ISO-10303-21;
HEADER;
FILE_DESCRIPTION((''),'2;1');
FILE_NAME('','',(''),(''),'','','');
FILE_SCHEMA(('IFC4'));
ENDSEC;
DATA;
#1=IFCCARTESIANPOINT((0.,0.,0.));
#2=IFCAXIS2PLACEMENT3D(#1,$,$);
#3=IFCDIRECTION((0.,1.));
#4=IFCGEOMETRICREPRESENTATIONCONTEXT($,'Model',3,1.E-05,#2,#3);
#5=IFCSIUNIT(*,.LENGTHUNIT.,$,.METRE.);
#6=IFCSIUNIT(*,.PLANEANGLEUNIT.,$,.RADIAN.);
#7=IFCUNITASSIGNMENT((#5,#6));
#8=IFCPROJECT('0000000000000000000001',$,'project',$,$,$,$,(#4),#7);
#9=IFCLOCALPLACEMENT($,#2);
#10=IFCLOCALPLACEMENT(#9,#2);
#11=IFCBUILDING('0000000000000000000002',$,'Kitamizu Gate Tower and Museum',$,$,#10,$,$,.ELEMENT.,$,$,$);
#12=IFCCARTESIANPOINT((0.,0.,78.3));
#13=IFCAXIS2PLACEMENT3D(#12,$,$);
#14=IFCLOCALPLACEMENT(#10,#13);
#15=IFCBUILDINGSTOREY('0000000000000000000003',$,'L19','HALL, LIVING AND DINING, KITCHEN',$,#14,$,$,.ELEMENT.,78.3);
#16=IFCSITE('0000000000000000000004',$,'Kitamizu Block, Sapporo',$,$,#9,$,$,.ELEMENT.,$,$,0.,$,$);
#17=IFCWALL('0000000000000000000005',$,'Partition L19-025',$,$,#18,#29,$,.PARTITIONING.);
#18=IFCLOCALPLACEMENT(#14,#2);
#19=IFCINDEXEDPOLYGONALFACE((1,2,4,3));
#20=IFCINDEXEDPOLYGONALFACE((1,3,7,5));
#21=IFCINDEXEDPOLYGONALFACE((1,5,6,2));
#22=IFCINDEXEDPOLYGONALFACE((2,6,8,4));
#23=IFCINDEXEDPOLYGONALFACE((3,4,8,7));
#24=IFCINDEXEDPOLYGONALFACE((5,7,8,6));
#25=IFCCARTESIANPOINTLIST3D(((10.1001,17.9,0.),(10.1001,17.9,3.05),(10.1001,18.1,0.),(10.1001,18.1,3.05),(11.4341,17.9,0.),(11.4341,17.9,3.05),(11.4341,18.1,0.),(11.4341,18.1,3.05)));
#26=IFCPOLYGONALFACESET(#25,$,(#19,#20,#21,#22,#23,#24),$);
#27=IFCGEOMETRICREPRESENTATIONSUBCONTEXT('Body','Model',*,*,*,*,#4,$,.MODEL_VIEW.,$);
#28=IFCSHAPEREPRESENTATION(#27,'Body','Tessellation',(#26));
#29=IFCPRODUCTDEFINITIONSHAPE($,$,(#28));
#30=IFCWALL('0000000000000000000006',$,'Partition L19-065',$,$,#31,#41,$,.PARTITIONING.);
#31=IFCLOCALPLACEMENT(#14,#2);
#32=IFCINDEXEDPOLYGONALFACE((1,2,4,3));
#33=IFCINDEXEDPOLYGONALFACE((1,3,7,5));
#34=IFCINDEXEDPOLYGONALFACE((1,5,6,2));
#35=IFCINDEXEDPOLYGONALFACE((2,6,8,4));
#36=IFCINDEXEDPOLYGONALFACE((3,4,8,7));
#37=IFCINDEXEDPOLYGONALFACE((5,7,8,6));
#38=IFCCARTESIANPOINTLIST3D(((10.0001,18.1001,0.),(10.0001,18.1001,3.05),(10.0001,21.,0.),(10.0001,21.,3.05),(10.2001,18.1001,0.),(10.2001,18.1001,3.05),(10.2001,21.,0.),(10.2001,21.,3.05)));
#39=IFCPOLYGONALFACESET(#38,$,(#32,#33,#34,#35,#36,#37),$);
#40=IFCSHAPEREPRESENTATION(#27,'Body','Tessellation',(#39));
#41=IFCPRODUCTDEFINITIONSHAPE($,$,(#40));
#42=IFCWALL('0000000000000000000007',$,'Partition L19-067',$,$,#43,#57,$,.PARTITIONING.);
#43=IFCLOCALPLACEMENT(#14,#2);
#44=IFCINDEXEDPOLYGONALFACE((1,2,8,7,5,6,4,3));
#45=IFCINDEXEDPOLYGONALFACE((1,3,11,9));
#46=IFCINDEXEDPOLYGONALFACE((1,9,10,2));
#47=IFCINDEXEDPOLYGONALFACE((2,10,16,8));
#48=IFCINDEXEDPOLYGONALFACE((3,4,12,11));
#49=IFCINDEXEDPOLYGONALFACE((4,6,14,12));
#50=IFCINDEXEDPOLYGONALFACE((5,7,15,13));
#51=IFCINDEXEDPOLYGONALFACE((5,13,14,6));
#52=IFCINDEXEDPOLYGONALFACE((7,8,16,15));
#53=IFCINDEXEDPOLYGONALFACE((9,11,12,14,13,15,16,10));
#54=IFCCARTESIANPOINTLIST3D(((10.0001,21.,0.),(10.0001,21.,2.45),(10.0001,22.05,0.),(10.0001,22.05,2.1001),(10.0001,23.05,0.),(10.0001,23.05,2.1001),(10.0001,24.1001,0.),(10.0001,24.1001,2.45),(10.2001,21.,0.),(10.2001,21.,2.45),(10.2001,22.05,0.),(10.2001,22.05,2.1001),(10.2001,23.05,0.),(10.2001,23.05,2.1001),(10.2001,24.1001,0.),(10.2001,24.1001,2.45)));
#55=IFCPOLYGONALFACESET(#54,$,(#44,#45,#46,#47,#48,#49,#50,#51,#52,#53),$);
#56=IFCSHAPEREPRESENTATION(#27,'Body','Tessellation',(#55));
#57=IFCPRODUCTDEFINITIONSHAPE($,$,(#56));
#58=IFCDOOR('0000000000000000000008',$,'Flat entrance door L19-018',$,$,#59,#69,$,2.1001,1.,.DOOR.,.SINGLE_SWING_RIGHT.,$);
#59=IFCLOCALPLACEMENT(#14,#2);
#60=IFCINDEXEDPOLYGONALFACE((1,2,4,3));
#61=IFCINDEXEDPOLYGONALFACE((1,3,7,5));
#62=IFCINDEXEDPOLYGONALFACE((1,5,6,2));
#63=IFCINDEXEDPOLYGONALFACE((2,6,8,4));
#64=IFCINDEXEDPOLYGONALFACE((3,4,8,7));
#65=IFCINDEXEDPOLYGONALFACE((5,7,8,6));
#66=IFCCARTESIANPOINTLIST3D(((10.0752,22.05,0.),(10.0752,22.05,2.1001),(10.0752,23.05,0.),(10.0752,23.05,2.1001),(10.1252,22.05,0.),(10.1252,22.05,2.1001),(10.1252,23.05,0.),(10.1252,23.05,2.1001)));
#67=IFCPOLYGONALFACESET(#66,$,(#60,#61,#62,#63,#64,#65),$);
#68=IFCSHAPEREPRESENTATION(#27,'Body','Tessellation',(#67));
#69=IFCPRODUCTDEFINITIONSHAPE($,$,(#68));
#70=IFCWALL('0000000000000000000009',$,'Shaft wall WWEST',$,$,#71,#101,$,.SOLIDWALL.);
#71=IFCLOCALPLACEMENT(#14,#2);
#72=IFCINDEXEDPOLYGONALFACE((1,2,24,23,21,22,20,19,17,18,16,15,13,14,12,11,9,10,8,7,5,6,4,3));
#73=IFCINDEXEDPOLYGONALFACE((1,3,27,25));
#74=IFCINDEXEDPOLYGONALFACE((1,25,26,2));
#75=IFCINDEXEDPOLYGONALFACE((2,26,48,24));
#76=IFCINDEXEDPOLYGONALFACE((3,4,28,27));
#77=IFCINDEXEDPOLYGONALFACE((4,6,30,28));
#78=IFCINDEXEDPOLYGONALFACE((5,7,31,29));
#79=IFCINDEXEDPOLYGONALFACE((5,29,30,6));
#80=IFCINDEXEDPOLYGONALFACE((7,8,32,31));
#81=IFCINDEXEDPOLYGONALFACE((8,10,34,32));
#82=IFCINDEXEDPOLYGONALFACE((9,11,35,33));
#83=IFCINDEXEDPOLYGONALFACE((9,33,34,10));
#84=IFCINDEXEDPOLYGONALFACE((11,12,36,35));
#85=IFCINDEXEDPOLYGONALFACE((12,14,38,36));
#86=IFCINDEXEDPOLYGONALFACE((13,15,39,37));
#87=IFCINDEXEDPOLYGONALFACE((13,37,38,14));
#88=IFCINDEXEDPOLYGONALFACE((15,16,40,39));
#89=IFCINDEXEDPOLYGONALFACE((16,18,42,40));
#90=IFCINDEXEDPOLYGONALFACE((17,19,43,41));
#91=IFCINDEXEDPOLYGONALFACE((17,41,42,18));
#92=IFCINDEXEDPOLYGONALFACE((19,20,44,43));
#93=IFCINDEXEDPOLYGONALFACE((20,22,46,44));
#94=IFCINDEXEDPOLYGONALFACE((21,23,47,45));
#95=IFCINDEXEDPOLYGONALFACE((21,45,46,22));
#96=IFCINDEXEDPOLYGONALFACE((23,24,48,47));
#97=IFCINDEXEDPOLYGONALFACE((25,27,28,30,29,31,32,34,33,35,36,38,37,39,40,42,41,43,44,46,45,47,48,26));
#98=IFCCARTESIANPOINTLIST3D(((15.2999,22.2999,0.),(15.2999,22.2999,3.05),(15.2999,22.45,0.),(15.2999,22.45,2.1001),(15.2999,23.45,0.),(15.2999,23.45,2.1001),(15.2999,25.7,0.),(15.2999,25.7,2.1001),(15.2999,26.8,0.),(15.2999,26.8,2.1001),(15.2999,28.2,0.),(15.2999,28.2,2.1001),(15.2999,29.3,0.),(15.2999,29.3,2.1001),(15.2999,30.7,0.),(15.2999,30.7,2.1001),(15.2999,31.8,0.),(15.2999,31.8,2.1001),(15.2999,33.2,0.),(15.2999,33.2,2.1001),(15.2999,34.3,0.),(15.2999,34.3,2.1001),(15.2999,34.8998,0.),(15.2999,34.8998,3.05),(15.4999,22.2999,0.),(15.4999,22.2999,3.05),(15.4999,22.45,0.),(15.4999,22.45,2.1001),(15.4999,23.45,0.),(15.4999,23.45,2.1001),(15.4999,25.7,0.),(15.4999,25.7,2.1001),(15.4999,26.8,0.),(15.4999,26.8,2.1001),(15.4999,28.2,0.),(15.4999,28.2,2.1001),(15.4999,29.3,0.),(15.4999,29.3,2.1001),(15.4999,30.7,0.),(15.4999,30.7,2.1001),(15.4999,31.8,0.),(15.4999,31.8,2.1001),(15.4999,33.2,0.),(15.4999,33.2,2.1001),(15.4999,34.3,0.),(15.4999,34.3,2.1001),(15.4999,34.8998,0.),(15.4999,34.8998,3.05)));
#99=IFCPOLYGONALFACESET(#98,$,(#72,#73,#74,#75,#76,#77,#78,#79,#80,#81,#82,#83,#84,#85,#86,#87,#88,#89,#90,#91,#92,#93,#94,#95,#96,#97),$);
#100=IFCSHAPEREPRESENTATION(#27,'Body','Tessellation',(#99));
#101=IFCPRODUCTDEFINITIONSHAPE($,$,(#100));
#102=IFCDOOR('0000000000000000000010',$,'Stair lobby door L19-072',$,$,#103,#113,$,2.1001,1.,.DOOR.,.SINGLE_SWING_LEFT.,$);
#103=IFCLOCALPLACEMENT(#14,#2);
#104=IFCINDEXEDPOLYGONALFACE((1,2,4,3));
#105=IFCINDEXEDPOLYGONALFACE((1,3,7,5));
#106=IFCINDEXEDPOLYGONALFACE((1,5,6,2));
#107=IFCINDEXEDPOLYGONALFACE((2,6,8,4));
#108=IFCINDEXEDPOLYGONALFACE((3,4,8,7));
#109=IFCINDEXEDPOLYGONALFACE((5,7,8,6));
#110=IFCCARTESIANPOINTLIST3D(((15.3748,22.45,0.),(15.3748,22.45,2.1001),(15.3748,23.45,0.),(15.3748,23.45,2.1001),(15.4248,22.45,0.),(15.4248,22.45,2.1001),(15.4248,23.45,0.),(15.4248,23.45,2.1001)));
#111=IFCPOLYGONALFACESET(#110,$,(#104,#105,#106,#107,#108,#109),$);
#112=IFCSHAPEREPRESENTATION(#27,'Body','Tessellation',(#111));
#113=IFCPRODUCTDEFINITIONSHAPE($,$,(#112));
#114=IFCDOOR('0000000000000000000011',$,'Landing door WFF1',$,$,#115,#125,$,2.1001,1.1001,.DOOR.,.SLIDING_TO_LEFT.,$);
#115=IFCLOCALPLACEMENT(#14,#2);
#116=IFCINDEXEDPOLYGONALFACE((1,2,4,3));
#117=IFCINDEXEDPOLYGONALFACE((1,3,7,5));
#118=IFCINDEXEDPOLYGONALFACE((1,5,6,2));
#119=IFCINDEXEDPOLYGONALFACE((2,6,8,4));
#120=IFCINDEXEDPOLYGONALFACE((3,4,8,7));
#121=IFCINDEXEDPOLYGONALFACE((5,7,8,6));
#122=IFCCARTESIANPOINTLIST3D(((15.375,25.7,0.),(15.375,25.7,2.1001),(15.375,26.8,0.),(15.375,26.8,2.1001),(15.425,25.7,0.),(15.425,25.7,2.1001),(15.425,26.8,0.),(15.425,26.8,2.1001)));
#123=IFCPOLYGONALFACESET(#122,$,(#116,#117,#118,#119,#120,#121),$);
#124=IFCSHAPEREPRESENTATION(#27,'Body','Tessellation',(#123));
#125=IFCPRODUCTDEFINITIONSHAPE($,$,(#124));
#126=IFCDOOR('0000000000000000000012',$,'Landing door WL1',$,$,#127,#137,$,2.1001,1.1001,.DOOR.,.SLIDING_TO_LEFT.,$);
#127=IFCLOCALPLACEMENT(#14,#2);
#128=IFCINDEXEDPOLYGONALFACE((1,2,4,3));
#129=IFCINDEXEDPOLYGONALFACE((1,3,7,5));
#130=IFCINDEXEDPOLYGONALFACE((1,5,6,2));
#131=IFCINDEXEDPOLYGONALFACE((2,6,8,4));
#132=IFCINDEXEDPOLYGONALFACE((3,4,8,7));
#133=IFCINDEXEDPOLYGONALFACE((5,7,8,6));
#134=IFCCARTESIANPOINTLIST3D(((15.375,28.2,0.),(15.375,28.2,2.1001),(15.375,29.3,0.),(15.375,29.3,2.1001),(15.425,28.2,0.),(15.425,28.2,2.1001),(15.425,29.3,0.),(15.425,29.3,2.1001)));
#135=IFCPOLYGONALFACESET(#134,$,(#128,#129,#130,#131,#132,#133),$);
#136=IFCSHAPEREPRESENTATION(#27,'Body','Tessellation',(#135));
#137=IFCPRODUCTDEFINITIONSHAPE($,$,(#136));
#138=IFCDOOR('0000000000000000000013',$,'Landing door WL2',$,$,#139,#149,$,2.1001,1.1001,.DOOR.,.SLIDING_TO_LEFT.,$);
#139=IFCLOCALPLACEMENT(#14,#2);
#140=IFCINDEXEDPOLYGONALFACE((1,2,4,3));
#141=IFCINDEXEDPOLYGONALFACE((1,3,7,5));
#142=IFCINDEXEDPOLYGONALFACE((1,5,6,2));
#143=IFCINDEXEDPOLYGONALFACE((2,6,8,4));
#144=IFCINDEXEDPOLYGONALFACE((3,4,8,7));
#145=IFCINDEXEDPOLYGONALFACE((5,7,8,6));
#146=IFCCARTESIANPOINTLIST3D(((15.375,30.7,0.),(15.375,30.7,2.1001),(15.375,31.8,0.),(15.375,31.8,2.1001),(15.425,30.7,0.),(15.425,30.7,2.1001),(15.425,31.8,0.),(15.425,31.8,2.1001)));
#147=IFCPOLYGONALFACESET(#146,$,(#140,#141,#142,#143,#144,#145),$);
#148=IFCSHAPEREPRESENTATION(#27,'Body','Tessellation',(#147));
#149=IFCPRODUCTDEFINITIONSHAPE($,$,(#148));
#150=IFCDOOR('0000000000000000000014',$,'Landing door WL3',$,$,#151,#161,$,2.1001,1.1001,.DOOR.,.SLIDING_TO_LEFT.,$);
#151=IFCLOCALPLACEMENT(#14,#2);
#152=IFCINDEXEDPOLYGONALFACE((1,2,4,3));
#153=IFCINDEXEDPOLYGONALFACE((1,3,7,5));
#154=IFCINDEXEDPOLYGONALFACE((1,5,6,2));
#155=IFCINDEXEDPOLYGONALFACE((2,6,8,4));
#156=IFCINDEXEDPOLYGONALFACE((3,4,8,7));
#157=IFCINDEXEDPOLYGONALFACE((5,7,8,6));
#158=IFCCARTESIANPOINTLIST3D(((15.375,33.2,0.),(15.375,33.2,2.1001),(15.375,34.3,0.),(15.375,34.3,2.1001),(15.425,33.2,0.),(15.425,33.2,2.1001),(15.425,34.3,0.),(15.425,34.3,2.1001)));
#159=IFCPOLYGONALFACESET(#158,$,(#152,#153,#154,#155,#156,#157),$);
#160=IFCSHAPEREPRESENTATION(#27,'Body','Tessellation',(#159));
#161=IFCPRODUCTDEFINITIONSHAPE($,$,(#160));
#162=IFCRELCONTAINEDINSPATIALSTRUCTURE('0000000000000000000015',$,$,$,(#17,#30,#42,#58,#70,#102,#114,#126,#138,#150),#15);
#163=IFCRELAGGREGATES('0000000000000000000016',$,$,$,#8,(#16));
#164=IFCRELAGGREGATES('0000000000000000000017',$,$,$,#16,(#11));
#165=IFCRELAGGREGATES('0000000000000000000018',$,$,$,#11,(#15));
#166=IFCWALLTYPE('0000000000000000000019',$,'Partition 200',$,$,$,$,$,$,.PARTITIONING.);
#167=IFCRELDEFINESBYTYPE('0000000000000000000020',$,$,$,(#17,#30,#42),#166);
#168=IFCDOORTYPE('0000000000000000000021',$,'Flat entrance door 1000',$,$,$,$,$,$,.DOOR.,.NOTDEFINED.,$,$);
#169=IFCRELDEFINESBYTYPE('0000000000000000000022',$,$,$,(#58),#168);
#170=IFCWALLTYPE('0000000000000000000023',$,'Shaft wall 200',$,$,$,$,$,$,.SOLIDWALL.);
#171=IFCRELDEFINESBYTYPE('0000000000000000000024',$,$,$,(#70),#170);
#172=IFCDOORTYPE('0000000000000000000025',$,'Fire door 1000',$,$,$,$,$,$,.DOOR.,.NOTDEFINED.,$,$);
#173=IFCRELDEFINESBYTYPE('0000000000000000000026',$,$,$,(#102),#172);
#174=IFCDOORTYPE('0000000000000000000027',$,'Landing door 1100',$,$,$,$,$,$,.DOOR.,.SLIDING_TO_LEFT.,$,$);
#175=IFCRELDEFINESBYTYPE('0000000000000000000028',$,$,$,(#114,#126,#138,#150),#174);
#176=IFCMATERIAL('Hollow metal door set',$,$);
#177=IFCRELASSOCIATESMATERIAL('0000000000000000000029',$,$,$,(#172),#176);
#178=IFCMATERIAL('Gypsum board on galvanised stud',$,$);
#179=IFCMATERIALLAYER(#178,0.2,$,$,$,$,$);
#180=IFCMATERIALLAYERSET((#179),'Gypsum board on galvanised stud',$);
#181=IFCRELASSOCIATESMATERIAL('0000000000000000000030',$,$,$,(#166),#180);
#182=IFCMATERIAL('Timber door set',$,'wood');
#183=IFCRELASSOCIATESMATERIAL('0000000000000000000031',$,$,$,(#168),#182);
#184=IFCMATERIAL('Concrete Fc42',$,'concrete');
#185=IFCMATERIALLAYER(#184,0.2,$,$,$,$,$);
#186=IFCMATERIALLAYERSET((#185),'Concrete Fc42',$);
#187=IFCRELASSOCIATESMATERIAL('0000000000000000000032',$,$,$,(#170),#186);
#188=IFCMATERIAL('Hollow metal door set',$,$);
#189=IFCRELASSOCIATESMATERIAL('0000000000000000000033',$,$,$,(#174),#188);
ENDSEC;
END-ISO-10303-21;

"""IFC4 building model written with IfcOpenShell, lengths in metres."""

from ifc_helpers import new_model, si_unit, direction, frame, frame_2d, origin, place, context, subcontext, project, spatial, rectangle, extrude, material, layer, layer_set, type_object, element, fill, save


model = new_model("IFC4")

# Units and contexts
model_context = context("Model", 3, precision=1e-05, world=origin(), true_north=direction((0.0, 1.0)))
body_context = subcontext(model_context, "Body", "Model", "MODEL_VIEW")
ifc_project = project(units=[si_unit("LENGTHUNIT", "METRE"), si_unit("PLANEANGLEUNIT", "RADIAN")], contexts=[model_context])

# Site, building, storey
site_placement = place(None, origin())
site = spatial("IfcSite", under=ifc_project, at=site_placement, Name="Kitamizu Block, Sapporo", CompositionType="ELEMENT", RefElevation=0.0)
building_placement = place(site_placement, origin())
building = spatial("IfcBuilding", under=site, at=building_placement, Name="Kitamizu Gate Tower and Museum", CompositionType="ELEMENT")
storey_placement = place(building_placement, frame((0.0, 0.0, 78.3)))
storey = spatial("IfcBuildingStorey", under=building, at=storey_placement, Name="L19", Description="HALL, LIVING AND DINING, KITCHEN", CompositionType="ELEMENT", Elevation=78.3)

# Shared definitions
ifc_material_1 = material(Name="Hollow metal door set")
door_type_1 = type_object("IfcDoorType", Name="Fire door 1000", OperationType="NOTDEFINED", PredefinedType="DOOR", material=ifc_material_1)

# Walls
ifc_material_2 = material(Name="Gypsum board on galvanised stud")
ifc_layer_1 = layer(ifc_material_2, 0.2)
ifc_layer_set_1 = layer_set([ifc_layer_1], Name="Gypsum board on galvanised stud")
wall_type_1 = type_object("IfcWallType", Name="Partition 200", PredefinedType="PARTITIONING", material=ifc_layer_set_1)
wall_1_placement = place(storey_placement, frame((11.4341, 18.0, 0.0), z_axis=(0.0, 0.0, 1.0), x_axis=(-1.0, 0.0, 0.0)))
element("IfcWall", 1, at=wall_1_placement, inside=storey, type_object=wall_type_1, Name="Partition L19-025", PredefinedType="PARTITIONING", context=body_context, shape_type="SweptSolid", body=[
    extrude(rectangle(XDim=1.334, YDim=0.2, at=frame_2d((0.667, 0.0))), origin(), (0.0, 0.0, 1.0), 3.05),
])
wall_2_placement = place(storey_placement, frame((10.1001, 18.1001, 0.0), z_axis=(0.0, 0.0, 1.0), x_axis=(0.0, 1.0, 0.0)))
element("IfcWall", 2, at=wall_2_placement, inside=storey, type_object=wall_type_1, Name="Partition L19-065", PredefinedType="PARTITIONING", context=body_context, shape_type="SweptSolid", body=[
    extrude(rectangle(XDim=2.8999, YDim=0.2, at=frame_2d((1.45, 0.0))), origin(), (0.0, 0.0, 1.0), 3.05),
])

# Wall, opening, door
wall_3_placement = place(storey_placement, frame((10.1001, 21.0, 0.0), z_axis=(0.0, 0.0, 1.0), x_axis=(0.0, 1.0, 0.0)))
wall_3 = element("IfcWall", 3, at=wall_3_placement, inside=storey, type_object=wall_type_1, Name="Partition L19-067", PredefinedType="PARTITIONING", context=body_context, shape_type="SweptSolid", body=[
    extrude(rectangle(XDim=3.1001, YDim=0.2, at=frame_2d((1.55, 0.0))), origin(), (0.0, 0.0, 1.0), 2.45),
])
opening_1_placement = place(wall_3_placement, frame((1.05, 0.0, 0.0)))
opening_1 = element("IfcOpeningElement", 4, at=opening_1_placement, cuts=wall_3, PredefinedType="OPENING", context=body_context, shape_type="SweptSolid", body=[
    extrude(rectangle(XDim=1.0, YDim=2.1001, at=frame_2d((0.5, 1.05))), frame((0.0, 0.1099, 0.0), z_axis=(0.0, -1.0, 0.0), x_axis=(1.0, 0.0, 0.0)), (0.0, 0.0, 1.0), 0.22),
])
ifc_material_3 = material(Name="Timber door set", Category="wood")
door_type_2 = type_object("IfcDoorType", Name="Flat entrance door 1000", OperationType="NOTDEFINED", PredefinedType="DOOR", material=ifc_material_3)
door_1_placement = place(opening_1_placement, origin())
door_1 = element("IfcDoor", 5, at=door_1_placement, inside=storey, type_object=door_type_2, Name="Flat entrance door L19-018", OperationType="SINGLE_SWING_RIGHT", OverallHeight=2.1001, OverallWidth=1.0, PredefinedType="DOOR", context=body_context, shape_type="SweptSolid", body=[
    extrude(rectangle(XDim=1.0, YDim=2.1001, at=frame_2d((0.5, 1.05))), frame((0.0, 0.0249, 0.0), z_axis=(0.0, -1.0, 0.0), x_axis=(1.0, 0.0, 0.0)), (0.0, 0.0, 1.0), 0.05),
])
fill(opening_1, door_1)

# Wall, openings, doors
ifc_material_4 = material(Name="Concrete Fc42", Category="concrete")
ifc_layer_2 = layer(ifc_material_4, 0.2)
ifc_layer_set_2 = layer_set([ifc_layer_2], Name="Concrete Fc42")
wall_type_2 = type_object("IfcWallType", Name="Shaft wall 200", PredefinedType="SOLIDWALL", material=ifc_layer_set_2)
wall_4_placement = place(storey_placement, frame((15.3999, 22.3, 0.0), z_axis=(0.0, 0.0, 1.0), x_axis=(0.0, 1.0, 0.0)))
wall_4 = element("IfcWall", 6, at=wall_4_placement, inside=storey, type_object=wall_type_2, Name="Shaft wall WWEST", PredefinedType="SOLIDWALL", context=body_context, shape_type="SweptSolid", body=[
    extrude(rectangle(XDim=12.5999, YDim=0.2, at=frame_2d((6.2998, 0.0))), origin(), (0.0, 0.0, 1.0), 3.05),
])
opening_2_placement = place(wall_4_placement, frame((3.3999, 0.0, 0.0)))
opening_2 = element("IfcOpeningElement", 7, at=opening_2_placement, cuts=wall_4, PredefinedType="OPENING", context=body_context, shape_type="SweptSolid", body=[
    extrude(rectangle(XDim=1.1001, YDim=2.1001, at=frame_2d((0.55, 1.05))), frame((0.0, 0.1099, 0.0), z_axis=(0.0, -1.0, 0.0), x_axis=(1.0, 0.0, 0.0)), (0.0, 0.0, 1.0), 0.22),
])
opening_3_placement = place(wall_4_placement, frame((5.8999, 0.0, 0.0)))
opening_3 = element("IfcOpeningElement", 8, at=opening_3_placement, cuts=wall_4, PredefinedType="OPENING", context=body_context, shape_type="SweptSolid", body=[
    extrude(rectangle(XDim=1.1001, YDim=2.1001, at=frame_2d((0.55, 1.05))), frame((0.0, 0.1099, 0.0), z_axis=(0.0, -1.0, 0.0), x_axis=(1.0, 0.0, 0.0)), (0.0, 0.0, 1.0), 0.22),
])
opening_4_placement = place(wall_4_placement, frame((8.3999, 0.0, 0.0)))
opening_4 = element("IfcOpeningElement", 9, at=opening_4_placement, cuts=wall_4, PredefinedType="OPENING", context=body_context, shape_type="SweptSolid", body=[
    extrude(rectangle(XDim=1.1001, YDim=2.1001, at=frame_2d((0.55, 1.05))), frame((0.0, 0.1099, 0.0), z_axis=(0.0, -1.0, 0.0), x_axis=(1.0, 0.0, 0.0)), (0.0, 0.0, 1.0), 0.22),
])
opening_5_placement = place(wall_4_placement, frame((10.8999, 0.0, 0.0)))
opening_5 = element("IfcOpeningElement", 10, at=opening_5_placement, cuts=wall_4, PredefinedType="OPENING", context=body_context, shape_type="SweptSolid", body=[
    extrude(rectangle(XDim=1.1001, YDim=2.1001, at=frame_2d((0.55, 1.05))), frame((0.0, 0.1099, 0.0), z_axis=(0.0, -1.0, 0.0), x_axis=(1.0, 0.0, 0.0)), (0.0, 0.0, 1.0), 0.22),
])
opening_6_placement = place(wall_4_placement, frame((0.1499, 0.0, 0.0)))
opening_6 = element("IfcOpeningElement", 11, at=opening_6_placement, cuts=wall_4, PredefinedType="OPENING", context=body_context, shape_type="SweptSolid", body=[
    extrude(rectangle(XDim=1.0, YDim=2.1001, at=frame_2d((0.5, 1.05))), frame((0.0, 0.1099, 0.0), z_axis=(0.0, -1.0, 0.0), x_axis=(1.0, 0.0, 0.0)), (0.0, 0.0, 1.0), 0.22),
])
door_2_placement = place(opening_6_placement, frame((1.0, 0.0, 0.0), x_axis=(-1.0, 0.0, 0.0)))
door_2 = element("IfcDoor", 12, at=door_2_placement, inside=storey, type_object=door_type_1, Name="Stair lobby door L19-072", OperationType="SINGLE_SWING_LEFT", OverallHeight=2.1001, OverallWidth=1.0, PredefinedType="DOOR", context=body_context, shape_type="SweptSolid", body=[
    extrude(rectangle(XDim=1.0, YDim=2.1001, at=frame_2d((0.5, 1.05))), frame((0.0, 0.0249, 0.0), z_axis=(0.0, -1.0, 0.0), x_axis=(1.0, 0.0, 0.0)), (0.0, 0.0, 1.0), 0.05),
])
fill(opening_6, door_2)
ifc_material_5 = material(Name="Hollow metal door set")
door_type_3 = type_object("IfcDoorType", Name="Landing door 1100", OperationType="SLIDING_TO_LEFT", PredefinedType="DOOR", material=ifc_material_5)
door_3_placement = place(opening_2_placement, origin())
door_3 = element("IfcDoor", 13, at=door_3_placement, inside=storey, type_object=door_type_3, Name="Landing door WFF1", OperationType="SLIDING_TO_LEFT", OverallHeight=2.1001, OverallWidth=1.1001, PredefinedType="DOOR", context=body_context, shape_type="SweptSolid", body=[
    extrude(rectangle(XDim=1.1001, YDim=2.1001, at=frame_2d((0.55, 1.05))), frame((0.0, 0.0249, 0.0), z_axis=(0.0, -1.0, 0.0), x_axis=(1.0, 0.0, 0.0)), (0.0, 0.0, 1.0), 0.05),
])
fill(opening_2, door_3)
door_4_placement = place(opening_3_placement, origin())
door_4 = element("IfcDoor", 14, at=door_4_placement, inside=storey, type_object=door_type_3, Name="Landing door WL1", OperationType="SLIDING_TO_LEFT", OverallHeight=2.1001, OverallWidth=1.1001, PredefinedType="DOOR", context=body_context, shape_type="SweptSolid", body=[
    extrude(rectangle(XDim=1.1001, YDim=2.1001, at=frame_2d((0.55, 1.05))), frame((0.0, 0.0249, 0.0), z_axis=(0.0, -1.0, 0.0), x_axis=(1.0, 0.0, 0.0)), (0.0, 0.0, 1.0), 0.05),
])
fill(opening_3, door_4)
door_5_placement = place(opening_4_placement, origin())
door_5 = element("IfcDoor", 15, at=door_5_placement, inside=storey, type_object=door_type_3, Name="Landing door WL2", OperationType="SLIDING_TO_LEFT", OverallHeight=2.1001, OverallWidth=1.1001, PredefinedType="DOOR", context=body_context, shape_type="SweptSolid", body=[
    extrude(rectangle(XDim=1.1001, YDim=2.1001, at=frame_2d((0.55, 1.05))), frame((0.0, 0.0249, 0.0), z_axis=(0.0, -1.0, 0.0), x_axis=(1.0, 0.0, 0.0)), (0.0, 0.0, 1.0), 0.05),
])
fill(opening_4, door_5)
door_6_placement = place(opening_5_placement, origin())
door_6 = element("IfcDoor", 16, at=door_6_placement, inside=storey, type_object=door_type_3, Name="Landing door WL3", OperationType="SLIDING_TO_LEFT", OverallHeight=2.1001, OverallWidth=1.1001, PredefinedType="DOOR", context=body_context, shape_type="SweptSolid", body=[
    extrude(rectangle(XDim=1.1001, YDim=2.1001, at=frame_2d((0.55, 1.05))), frame((0.0, 0.0249, 0.0), z_axis=(0.0, -1.0, 0.0), x_axis=(1.0, 0.0, 0.0)), (0.0, 0.0, 1.0), 0.05),
])
fill(opening_5, door_6)

save(model, "model.ifc")
